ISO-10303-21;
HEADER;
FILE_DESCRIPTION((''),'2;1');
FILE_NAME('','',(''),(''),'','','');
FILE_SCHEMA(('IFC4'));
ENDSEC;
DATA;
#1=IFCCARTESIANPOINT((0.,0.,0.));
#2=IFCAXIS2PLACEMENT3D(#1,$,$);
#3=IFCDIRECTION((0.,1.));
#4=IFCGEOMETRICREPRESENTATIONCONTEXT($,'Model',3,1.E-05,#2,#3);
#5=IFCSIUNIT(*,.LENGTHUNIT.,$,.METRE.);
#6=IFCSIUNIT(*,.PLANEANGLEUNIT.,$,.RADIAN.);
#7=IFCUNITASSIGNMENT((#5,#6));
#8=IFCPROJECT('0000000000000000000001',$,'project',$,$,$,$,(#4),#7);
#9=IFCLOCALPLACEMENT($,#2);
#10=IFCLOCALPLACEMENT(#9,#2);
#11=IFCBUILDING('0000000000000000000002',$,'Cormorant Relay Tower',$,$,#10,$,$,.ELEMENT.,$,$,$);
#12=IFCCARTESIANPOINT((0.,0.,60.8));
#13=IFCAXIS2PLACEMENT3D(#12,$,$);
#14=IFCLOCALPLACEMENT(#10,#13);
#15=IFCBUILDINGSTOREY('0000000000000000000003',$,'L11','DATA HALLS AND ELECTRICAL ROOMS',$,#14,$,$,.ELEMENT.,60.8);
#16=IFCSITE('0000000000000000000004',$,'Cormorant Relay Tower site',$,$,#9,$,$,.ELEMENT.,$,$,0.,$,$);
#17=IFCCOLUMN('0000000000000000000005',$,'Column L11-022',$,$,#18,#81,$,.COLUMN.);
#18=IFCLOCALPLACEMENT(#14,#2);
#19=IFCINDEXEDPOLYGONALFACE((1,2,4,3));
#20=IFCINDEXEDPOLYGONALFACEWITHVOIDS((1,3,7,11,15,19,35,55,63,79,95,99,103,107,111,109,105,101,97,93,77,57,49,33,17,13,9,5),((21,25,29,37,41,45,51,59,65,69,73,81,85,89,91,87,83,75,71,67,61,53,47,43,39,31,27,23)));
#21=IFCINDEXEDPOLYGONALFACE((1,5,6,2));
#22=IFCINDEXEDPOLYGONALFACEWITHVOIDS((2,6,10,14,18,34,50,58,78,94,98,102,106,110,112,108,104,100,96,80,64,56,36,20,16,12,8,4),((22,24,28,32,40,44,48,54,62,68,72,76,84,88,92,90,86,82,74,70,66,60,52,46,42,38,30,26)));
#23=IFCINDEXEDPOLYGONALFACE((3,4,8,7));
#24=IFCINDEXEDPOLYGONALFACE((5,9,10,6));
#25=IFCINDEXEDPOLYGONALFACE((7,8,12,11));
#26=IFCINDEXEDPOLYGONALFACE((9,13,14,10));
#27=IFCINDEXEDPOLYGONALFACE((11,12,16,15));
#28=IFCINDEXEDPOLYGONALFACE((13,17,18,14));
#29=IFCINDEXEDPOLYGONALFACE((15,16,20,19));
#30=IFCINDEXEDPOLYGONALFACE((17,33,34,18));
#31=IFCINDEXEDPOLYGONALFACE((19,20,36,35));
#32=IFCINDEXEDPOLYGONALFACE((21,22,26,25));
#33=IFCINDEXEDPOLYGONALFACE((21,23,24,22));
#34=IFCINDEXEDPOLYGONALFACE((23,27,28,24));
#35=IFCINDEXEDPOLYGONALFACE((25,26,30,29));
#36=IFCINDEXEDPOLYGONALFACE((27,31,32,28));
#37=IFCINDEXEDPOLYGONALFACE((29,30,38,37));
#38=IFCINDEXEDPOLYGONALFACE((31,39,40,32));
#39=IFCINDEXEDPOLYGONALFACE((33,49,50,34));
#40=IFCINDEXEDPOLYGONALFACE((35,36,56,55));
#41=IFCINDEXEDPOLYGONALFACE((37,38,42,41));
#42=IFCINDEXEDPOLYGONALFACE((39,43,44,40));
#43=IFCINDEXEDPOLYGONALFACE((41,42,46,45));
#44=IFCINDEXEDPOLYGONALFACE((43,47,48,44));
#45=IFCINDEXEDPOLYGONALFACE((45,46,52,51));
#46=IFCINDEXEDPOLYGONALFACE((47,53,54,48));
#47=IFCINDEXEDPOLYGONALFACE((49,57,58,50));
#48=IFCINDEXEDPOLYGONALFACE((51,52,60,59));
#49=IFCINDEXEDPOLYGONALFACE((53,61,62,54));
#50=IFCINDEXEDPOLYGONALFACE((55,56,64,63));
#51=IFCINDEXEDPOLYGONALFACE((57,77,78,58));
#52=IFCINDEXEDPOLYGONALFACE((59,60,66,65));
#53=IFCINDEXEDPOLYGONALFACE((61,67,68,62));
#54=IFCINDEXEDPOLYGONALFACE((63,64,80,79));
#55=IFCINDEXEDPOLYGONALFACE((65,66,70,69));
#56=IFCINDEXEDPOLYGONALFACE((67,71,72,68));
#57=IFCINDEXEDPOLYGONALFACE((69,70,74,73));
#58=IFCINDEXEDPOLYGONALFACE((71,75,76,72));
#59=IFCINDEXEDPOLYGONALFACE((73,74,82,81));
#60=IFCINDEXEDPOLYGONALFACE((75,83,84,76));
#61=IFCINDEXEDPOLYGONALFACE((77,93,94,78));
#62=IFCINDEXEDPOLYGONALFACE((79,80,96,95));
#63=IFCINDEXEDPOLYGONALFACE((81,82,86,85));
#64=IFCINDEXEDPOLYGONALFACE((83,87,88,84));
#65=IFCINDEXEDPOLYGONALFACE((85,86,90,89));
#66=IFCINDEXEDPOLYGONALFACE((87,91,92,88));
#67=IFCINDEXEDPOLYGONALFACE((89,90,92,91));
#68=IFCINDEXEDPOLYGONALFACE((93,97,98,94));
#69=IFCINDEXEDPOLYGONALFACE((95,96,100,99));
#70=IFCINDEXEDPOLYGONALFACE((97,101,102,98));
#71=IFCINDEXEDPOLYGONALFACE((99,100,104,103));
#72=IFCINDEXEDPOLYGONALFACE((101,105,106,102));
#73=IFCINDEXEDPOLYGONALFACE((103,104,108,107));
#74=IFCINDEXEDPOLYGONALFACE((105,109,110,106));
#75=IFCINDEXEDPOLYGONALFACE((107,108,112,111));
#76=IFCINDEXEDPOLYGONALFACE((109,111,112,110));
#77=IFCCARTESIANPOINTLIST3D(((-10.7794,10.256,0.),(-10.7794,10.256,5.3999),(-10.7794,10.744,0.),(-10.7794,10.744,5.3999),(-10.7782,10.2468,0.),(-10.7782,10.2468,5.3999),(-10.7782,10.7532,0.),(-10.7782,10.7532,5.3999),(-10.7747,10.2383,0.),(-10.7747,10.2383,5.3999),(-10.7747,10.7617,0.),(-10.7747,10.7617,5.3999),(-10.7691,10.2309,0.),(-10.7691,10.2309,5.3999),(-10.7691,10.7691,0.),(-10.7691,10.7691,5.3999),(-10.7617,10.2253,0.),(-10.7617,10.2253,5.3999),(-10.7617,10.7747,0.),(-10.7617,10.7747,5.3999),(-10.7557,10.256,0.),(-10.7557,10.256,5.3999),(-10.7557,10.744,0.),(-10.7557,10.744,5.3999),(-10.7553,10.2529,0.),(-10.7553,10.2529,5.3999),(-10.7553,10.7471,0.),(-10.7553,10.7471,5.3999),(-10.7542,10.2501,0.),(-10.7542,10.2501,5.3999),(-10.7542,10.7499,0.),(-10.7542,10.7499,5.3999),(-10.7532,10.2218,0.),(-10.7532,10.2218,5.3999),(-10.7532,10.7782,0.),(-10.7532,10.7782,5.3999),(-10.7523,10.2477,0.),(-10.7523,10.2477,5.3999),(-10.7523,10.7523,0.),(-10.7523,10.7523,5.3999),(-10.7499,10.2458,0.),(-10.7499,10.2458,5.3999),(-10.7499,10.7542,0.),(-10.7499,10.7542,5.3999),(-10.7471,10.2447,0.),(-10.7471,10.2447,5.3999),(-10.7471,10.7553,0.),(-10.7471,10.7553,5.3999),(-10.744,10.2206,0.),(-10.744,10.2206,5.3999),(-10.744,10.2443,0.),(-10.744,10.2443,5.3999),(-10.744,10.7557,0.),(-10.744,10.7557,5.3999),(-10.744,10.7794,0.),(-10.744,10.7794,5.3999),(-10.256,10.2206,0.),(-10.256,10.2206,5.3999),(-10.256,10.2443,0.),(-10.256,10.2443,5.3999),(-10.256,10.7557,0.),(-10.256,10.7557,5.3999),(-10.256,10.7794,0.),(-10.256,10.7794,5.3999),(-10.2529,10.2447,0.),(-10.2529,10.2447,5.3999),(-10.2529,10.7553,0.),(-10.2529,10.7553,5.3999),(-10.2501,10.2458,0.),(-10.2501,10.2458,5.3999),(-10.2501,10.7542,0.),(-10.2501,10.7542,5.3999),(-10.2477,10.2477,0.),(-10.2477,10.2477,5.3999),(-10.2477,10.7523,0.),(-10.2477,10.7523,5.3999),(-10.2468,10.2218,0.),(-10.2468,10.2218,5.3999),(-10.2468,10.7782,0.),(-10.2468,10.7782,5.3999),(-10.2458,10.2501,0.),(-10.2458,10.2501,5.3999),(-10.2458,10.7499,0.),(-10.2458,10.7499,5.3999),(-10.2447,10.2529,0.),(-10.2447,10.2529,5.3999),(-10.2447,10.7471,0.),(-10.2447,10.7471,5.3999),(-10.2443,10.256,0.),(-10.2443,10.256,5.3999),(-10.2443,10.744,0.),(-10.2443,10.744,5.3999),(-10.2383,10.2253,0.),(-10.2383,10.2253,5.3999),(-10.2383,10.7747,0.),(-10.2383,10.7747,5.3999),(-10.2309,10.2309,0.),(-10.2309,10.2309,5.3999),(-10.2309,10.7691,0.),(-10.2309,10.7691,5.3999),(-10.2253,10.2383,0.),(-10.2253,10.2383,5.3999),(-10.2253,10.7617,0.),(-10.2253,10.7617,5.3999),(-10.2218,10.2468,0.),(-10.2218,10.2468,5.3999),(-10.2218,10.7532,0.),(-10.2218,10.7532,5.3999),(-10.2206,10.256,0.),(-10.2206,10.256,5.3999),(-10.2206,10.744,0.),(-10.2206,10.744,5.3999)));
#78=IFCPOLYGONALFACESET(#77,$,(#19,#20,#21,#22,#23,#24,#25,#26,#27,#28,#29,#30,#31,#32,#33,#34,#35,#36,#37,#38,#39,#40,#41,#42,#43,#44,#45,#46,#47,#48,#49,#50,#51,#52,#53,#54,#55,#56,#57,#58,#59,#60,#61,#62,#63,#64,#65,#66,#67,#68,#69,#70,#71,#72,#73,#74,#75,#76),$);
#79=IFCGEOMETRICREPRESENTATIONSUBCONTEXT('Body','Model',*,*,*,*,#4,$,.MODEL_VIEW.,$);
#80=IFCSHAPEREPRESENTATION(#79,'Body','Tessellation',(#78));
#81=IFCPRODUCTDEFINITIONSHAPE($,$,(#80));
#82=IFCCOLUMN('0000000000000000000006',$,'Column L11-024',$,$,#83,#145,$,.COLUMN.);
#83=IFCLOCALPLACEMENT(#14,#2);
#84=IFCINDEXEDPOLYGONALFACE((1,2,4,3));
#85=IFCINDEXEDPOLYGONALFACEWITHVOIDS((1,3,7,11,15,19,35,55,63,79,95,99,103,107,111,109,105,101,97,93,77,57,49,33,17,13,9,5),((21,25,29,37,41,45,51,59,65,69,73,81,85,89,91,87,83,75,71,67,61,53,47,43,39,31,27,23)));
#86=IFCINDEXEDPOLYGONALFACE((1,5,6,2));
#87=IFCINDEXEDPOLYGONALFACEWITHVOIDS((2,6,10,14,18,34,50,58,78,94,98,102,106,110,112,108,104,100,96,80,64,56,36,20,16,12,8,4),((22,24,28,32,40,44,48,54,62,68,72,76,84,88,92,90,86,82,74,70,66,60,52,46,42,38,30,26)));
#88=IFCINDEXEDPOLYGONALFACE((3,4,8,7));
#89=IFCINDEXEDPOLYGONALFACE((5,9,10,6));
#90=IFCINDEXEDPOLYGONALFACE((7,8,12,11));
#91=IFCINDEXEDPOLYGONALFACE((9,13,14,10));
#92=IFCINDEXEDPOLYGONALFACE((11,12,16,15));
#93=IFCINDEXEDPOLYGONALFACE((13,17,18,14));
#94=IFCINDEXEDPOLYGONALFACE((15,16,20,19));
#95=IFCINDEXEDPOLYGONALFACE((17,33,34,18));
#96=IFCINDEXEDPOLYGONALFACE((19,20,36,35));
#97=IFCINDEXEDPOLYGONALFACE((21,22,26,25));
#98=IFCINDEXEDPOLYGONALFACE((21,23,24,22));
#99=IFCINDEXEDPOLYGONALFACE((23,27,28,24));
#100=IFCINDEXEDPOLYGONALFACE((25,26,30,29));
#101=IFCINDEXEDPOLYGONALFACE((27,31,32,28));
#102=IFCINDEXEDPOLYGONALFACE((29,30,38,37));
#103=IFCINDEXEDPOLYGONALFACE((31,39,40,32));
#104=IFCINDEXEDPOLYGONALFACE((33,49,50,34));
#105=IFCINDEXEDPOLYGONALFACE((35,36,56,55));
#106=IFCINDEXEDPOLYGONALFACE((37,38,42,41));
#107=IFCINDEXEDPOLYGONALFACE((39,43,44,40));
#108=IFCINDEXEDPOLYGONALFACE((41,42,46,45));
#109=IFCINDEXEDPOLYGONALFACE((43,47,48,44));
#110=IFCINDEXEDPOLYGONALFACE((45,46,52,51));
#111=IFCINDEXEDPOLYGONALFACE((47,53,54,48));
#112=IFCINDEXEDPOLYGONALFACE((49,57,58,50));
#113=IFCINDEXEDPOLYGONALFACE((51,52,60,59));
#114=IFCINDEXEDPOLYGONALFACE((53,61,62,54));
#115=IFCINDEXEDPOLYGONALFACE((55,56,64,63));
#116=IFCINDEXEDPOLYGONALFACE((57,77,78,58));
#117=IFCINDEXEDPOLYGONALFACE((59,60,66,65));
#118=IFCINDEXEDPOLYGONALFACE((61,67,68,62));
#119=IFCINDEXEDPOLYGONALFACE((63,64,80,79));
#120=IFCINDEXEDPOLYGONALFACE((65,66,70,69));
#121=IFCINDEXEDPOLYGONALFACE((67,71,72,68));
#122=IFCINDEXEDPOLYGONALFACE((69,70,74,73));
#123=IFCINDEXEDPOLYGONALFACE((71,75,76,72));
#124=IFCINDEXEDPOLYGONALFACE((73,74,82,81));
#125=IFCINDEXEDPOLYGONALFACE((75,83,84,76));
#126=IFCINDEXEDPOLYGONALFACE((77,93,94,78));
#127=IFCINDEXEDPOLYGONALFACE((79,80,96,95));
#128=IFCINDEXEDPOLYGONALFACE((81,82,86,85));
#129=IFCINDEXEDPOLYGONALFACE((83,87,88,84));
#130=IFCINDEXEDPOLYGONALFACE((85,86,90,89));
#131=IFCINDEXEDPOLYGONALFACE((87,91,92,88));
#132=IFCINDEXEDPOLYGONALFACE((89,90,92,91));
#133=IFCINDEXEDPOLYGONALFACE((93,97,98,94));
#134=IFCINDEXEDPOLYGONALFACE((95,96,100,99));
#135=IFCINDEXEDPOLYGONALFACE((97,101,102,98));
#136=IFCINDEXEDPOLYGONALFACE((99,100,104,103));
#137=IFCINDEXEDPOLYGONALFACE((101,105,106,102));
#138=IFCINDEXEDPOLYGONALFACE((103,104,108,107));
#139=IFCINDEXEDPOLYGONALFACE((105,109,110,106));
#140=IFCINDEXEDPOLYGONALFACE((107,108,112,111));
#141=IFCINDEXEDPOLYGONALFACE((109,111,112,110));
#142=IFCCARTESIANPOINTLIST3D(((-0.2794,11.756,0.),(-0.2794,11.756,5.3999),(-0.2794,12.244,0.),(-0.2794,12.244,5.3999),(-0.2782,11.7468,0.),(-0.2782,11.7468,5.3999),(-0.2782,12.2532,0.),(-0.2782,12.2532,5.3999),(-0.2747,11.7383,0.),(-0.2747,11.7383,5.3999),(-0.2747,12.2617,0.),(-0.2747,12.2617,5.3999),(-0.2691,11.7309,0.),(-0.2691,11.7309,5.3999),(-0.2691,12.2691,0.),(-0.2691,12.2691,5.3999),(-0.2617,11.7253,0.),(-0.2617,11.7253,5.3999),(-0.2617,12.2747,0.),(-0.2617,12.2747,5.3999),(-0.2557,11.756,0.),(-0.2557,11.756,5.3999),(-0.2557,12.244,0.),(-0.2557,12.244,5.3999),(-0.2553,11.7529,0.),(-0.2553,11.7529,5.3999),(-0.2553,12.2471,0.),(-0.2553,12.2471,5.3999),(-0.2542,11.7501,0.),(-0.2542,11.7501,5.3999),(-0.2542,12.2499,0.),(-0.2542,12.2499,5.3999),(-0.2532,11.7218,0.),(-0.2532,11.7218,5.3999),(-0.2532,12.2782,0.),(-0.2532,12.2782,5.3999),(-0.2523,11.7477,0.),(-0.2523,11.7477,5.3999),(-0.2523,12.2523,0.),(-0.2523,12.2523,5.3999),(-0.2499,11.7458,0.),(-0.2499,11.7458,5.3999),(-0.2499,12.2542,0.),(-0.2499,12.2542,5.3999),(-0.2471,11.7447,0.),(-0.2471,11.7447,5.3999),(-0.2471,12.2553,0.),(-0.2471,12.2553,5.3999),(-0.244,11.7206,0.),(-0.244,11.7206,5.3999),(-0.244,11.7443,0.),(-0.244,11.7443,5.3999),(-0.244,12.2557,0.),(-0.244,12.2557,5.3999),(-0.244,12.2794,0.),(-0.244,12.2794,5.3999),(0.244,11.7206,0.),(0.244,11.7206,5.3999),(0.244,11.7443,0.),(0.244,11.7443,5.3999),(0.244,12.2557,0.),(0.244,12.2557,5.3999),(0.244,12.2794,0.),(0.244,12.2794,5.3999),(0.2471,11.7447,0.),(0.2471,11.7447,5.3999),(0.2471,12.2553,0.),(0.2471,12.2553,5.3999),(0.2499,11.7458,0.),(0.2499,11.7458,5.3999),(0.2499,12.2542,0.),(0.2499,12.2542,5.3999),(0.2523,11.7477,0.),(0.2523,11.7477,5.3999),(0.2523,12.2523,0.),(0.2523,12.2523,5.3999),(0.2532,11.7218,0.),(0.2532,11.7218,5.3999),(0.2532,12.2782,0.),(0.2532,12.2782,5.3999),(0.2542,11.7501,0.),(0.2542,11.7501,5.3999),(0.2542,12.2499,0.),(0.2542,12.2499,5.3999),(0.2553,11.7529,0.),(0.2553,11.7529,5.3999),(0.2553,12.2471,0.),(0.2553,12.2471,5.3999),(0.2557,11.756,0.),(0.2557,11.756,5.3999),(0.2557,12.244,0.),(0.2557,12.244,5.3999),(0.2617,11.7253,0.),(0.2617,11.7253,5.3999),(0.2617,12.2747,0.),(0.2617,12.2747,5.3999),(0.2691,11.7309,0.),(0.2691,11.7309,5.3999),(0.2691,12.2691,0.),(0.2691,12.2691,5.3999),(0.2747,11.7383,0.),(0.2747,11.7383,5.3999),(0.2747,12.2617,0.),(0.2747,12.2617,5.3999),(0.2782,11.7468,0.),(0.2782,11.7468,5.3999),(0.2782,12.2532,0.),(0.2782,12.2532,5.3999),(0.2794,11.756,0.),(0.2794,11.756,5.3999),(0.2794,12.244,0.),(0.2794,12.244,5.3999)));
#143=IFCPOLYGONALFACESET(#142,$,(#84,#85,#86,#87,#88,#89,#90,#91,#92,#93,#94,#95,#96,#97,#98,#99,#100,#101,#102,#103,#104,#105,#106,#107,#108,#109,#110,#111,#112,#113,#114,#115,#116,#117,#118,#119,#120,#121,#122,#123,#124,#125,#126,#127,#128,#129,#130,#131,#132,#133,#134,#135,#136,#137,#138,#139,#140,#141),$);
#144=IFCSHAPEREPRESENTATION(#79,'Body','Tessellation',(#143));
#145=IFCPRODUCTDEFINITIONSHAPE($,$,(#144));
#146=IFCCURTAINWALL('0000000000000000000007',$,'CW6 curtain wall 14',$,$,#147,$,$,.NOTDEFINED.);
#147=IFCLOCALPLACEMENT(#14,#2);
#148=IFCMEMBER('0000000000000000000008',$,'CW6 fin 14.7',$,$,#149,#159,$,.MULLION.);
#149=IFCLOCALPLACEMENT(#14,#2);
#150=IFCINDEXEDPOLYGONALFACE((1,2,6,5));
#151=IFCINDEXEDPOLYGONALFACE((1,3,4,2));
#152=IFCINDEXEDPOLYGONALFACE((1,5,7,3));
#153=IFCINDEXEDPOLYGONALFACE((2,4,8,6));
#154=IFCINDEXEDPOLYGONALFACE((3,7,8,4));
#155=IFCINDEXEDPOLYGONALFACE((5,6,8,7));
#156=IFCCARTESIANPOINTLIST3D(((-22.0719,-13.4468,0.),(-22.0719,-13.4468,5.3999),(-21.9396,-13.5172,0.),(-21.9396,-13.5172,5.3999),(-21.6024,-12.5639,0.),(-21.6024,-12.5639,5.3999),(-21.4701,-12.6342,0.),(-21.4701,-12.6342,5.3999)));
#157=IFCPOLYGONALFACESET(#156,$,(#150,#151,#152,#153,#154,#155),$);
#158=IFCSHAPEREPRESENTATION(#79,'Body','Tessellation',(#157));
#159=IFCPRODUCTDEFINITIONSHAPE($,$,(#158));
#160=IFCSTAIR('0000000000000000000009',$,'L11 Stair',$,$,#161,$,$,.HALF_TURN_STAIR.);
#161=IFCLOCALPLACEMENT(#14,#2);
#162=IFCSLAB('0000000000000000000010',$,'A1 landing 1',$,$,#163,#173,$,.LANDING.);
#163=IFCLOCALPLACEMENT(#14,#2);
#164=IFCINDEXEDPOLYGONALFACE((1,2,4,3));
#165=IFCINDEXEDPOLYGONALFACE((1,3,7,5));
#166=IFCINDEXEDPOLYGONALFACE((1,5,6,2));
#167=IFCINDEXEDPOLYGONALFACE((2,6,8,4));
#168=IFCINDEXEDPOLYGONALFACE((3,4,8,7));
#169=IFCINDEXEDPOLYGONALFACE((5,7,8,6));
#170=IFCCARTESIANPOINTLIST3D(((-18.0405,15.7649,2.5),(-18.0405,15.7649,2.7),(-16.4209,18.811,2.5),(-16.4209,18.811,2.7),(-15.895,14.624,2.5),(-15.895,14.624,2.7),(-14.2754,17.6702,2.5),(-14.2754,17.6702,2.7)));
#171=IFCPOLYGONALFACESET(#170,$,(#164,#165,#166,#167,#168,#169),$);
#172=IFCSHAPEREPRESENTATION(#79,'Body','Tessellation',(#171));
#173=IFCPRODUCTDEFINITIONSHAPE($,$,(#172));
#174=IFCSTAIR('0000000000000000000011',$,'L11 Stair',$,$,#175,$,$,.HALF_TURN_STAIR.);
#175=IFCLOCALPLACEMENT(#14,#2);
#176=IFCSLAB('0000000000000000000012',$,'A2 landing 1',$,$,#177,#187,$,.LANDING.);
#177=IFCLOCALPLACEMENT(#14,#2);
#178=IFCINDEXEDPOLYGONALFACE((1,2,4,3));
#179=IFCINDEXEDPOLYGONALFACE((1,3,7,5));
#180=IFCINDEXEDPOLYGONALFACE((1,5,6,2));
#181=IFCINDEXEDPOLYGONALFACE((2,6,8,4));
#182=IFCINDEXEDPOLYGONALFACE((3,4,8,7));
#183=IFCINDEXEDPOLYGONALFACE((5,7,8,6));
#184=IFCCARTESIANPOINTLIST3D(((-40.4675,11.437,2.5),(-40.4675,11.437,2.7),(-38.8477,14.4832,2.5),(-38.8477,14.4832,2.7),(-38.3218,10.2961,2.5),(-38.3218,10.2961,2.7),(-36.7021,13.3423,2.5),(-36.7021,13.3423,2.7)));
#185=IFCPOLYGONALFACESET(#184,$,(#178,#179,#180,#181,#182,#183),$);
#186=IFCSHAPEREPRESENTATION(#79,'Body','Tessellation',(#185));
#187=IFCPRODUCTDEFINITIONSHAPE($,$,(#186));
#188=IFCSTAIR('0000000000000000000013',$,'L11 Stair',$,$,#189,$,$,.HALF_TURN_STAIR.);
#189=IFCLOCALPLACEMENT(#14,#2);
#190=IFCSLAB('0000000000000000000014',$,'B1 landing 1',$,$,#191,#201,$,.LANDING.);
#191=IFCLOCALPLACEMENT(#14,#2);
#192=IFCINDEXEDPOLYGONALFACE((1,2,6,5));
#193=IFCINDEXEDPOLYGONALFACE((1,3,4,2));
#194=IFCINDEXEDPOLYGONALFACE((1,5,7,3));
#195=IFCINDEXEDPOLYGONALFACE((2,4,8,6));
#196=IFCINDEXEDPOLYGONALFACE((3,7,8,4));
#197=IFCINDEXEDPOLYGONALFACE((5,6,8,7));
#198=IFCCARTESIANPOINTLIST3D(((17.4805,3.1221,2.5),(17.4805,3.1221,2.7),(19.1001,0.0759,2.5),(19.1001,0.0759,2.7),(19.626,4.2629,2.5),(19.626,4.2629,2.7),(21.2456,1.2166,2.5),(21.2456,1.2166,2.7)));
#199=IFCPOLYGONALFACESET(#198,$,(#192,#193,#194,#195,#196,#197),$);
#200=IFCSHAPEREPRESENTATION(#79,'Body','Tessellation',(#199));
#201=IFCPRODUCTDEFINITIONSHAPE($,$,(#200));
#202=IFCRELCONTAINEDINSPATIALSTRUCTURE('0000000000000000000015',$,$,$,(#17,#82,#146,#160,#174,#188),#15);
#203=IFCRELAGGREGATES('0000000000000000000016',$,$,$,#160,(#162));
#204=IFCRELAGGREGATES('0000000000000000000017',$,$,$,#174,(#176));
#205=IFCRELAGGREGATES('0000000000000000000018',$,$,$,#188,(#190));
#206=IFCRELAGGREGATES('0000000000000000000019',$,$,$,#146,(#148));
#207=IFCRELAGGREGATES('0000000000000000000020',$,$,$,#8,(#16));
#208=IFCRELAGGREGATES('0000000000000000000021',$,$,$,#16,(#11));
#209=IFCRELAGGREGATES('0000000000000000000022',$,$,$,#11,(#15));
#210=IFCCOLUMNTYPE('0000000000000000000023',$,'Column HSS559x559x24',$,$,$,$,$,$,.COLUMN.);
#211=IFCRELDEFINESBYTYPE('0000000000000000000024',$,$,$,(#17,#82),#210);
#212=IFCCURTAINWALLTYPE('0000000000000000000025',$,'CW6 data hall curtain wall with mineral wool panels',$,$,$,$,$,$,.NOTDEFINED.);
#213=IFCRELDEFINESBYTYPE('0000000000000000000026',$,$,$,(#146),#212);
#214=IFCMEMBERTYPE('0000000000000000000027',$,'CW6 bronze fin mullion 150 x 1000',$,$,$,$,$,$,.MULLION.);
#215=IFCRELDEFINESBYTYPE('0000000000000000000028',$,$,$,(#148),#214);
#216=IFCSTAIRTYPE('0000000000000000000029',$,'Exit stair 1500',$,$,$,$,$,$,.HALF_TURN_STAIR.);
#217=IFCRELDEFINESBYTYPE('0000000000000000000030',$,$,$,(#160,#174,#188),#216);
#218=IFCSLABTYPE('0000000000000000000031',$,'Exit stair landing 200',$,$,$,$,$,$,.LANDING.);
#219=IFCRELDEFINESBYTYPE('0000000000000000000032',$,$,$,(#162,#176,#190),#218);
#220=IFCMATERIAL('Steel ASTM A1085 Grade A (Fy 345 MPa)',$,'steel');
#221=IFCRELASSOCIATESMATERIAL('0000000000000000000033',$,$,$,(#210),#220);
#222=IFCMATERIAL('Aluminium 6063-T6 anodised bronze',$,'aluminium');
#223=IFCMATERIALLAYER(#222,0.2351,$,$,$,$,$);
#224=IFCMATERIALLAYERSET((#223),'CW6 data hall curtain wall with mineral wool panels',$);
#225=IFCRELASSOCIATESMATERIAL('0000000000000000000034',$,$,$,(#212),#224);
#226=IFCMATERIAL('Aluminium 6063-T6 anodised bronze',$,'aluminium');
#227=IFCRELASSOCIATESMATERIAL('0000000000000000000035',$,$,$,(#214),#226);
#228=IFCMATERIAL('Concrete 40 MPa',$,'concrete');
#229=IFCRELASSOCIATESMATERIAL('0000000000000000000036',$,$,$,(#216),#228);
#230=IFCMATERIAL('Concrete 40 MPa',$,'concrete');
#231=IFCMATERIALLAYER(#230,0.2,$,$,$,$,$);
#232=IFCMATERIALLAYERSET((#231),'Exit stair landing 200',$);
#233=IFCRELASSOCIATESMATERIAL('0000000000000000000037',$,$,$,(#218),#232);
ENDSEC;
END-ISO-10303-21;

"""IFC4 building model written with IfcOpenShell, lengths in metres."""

from ifc_helpers import new_model, si_unit, direction, frame, origin, origin_2d, place, context, subcontext, project, spatial, polyline, rectangle, hollow_rectangle, outline, extrude, material, layer, layer_set, material_profile, profile_set, type_object, element, aggregate, save


model = new_model("IFC4")

# Units and contexts
model_context = context("Model", 3, precision=1e-05, world=origin(), true_north=direction((0.0, 1.0)))
body_context = subcontext(model_context, "Body", "Model", "MODEL_VIEW")
ifc_project = project(units=[si_unit("LENGTHUNIT", "METRE"), si_unit("PLANEANGLEUNIT", "RADIAN")], contexts=[model_context])

# Site, building, storey
site_placement = place(None, origin())
site = spatial("IfcSite", under=ifc_project, at=site_placement, Name="Cormorant Relay Tower site", CompositionType="ELEMENT", RefElevation=0.0)
building_placement = place(site_placement, origin())
building = spatial("IfcBuilding", under=site, at=building_placement, Name="Cormorant Relay Tower", CompositionType="ELEMENT")
storey_placement = place(building_placement, frame((0.0, 0.0, 60.8)))
storey = spatial("IfcBuildingStorey", under=building, at=storey_placement, Name="L11", Description="DATA HALLS AND ELECTRICAL ROOMS", CompositionType="ELEMENT", Elevation=60.8)

# Columns
ifc_material_1 = material(Name="Steel ASTM A1085 Grade A (Fy 345 MPa)", Category="steel")
ifc_material_profile_1 = material_profile(ifc_material_1, hollow_rectangle(XDim=0.5588, YDim=0.5588, WallThickness=0.0237, InnerFilletRadius=0.0117, OuterFilletRadius=0.0354, at=origin_2d()), Name="HSS559x559x24")
ifc_profile_set_1 = profile_set([ifc_material_profile_1], Name="Steel ASTM A1085 Grade A (Fy 345 MPa)")
column_type = type_object("IfcColumnType", Name="Column HSS559x559x24", PredefinedType="COLUMN", material=ifc_profile_set_1)
for number, where, z_axis, x_axis, name in (
    (1, (-10.5, 10.5, 0.0), (0.0, 0.0, 1.0), (1.0, 0.0, 0.0), "Column L11-022"),
    (2, (0.0, 12.0, 0.0), (0.0, 0.0, 1.0), (1.0, 0.0, 0.0), "Column L11-024"),
):
    element("IfcColumn", number, at=place(storey_placement, frame(where, z_axis=z_axis, x_axis=x_axis)), inside=storey, type_object=column_type, Name=name, PredefinedType="COLUMN", context=body_context, shape_type="SweptSolid", body=[
        extrude(hollow_rectangle(XDim=0.5588, YDim=0.5588, WallThickness=0.0237, InnerFilletRadius=0.0117, OuterFilletRadius=0.0354, at=origin_2d()), origin(), (0.0, 0.0, 1.0), 5.3999),
    ])

# Curtain wall, member
ifc_material_2 = material(Name="Aluminium 6063-T6 anodised bronze", Category="aluminium")
ifc_layer_1 = layer(ifc_material_2, 0.2351)
ifc_layer_set_1 = layer_set([ifc_layer_1], Name="CW6 data hall curtain wall with mineral wool panels")
curtain_wall_type = type_object("IfcCurtainWallType", Name="CW6 data hall curtain wall with mineral wool panels", PredefinedType="NOTDEFINED", material=ifc_layer_set_1)
curtain_wall_placement = place(storey_placement, origin())
curtain_wall = element("IfcCurtainWall", 3, at=curtain_wall_placement, inside=storey, type_object=curtain_wall_type, Name="CW6 curtain wall 14", PredefinedType="NOTDEFINED")
ifc_material_3 = material(Name="Aluminium 6063-T6 anodised bronze", Category="aluminium")
ifc_material_profile_2 = material_profile(ifc_material_3, rectangle(XDim=0.1499, YDim=1.0, at=origin_2d()), Name="AL 150x1000")
ifc_profile_set_2 = profile_set([ifc_material_profile_2], Name="Aluminium 6063-T6 anodised bronze")
member_type = type_object("IfcMemberType", Name="CW6 bronze fin mullion 150 x 1000", PredefinedType="MULLION", material=ifc_profile_set_2)
member_placement = place(storey_placement, frame((-21.771, -13.0405, 0.0), z_axis=(0.0, 0.0, 1.0), x_axis=(0.882948, -0.469472, 0.0)))
member = element("IfcMember", 4, at=member_placement, type_object=member_type, Name="CW6 fin 14.7", PredefinedType="MULLION", context=body_context, shape_type="SweptSolid", body=[
    extrude(rectangle(XDim=0.1499, YDim=1.0, at=origin_2d()), origin(), (0.0, 0.0, 1.0), 5.3999),
])

# Stairs, slabs
ifc_material_4 = material(Name="Concrete 40 MPa", Category="concrete")
stair_type = type_object("IfcStairType", Name="Exit stair 1500", PredefinedType="HALF_TURN_STAIR", material=ifc_material_4)
stair_1_placement = place(storey_placement, origin())
stair_1 = element("IfcStair", 5, at=stair_1_placement, inside=storey, type_object=stair_type, Name="L11 Stair", PredefinedType="HALF_TURN_STAIR")
ifc_material_5 = material(Name="Concrete 40 MPa", Category="concrete")
ifc_layer_2 = layer(ifc_material_5, 0.2)
ifc_layer_set_2 = layer_set([ifc_layer_2], Name="Exit stair landing 200")
slab_type_1 = type_object("IfcSlabType", Name="Exit stair landing 200", PredefinedType="LANDING", material=ifc_layer_set_2)
slab_1_placement = place(storey_placement, frame((0.0, 0.0, 2.5)))
slab_1 = element("IfcSlab", 6, at=slab_1_placement, type_object=slab_type_1, Name="A1 landing 1", PredefinedType="LANDING", context=body_context, shape_type="SweptSolid", body=[
    extrude(outline(polyline([(-18.0405, 15.7649), (-15.895, 14.624), (-14.2754, 17.6702), (-16.4209, 18.811), (-18.0405, 15.7649)])), origin(), (0.0, 0.0, 1.0), 0.2),
])
aggregate(stair_1, [slab_1])
stair_2_placement = place(storey_placement, origin())
stair_2 = element("IfcStair", 7, at=stair_2_placement, inside=storey, type_object=stair_type, Name="L11 Stair", PredefinedType="HALF_TURN_STAIR")
slab_2_placement = place(storey_placement, frame((0.0, 0.0, 2.5)))
slab_2 = element("IfcSlab", 8, at=slab_2_placement, type_object=slab_type_1, Name="A2 landing 1", PredefinedType="LANDING", context=body_context, shape_type="SweptSolid", body=[
    extrude(outline(polyline([(-36.7021, 13.3423), (-38.8477, 14.4832), (-40.4675, 11.437), (-38.3218, 10.2961), (-36.7021, 13.3423)])), origin(), (0.0, 0.0, 1.0), 0.2),
])
aggregate(stair_2, [slab_2])
stair_3_placement = place(storey_placement, origin())
stair_3 = element("IfcStair", 9, at=stair_3_placement, inside=storey, type_object=stair_type, Name="L11 Stair", PredefinedType="HALF_TURN_STAIR")
slab_3_placement = place(storey_placement, frame((0.0, 0.0, 2.5)))
slab_3 = element("IfcSlab", 10, at=slab_3_placement, type_object=slab_type_1, Name="B1 landing 1", PredefinedType="LANDING", context=body_context, shape_type="SweptSolid", body=[
    extrude(outline(polyline([(19.626, 4.2629), (17.4805, 3.1221), (19.1001, 0.0759), (21.2456, 1.2166), (19.626, 4.2629)])), origin(), (0.0, 0.0, 1.0), 0.2),
])
aggregate(stair_3, [slab_3])

aggregate(curtain_wall, [member])

save(model, "model.ifc")
